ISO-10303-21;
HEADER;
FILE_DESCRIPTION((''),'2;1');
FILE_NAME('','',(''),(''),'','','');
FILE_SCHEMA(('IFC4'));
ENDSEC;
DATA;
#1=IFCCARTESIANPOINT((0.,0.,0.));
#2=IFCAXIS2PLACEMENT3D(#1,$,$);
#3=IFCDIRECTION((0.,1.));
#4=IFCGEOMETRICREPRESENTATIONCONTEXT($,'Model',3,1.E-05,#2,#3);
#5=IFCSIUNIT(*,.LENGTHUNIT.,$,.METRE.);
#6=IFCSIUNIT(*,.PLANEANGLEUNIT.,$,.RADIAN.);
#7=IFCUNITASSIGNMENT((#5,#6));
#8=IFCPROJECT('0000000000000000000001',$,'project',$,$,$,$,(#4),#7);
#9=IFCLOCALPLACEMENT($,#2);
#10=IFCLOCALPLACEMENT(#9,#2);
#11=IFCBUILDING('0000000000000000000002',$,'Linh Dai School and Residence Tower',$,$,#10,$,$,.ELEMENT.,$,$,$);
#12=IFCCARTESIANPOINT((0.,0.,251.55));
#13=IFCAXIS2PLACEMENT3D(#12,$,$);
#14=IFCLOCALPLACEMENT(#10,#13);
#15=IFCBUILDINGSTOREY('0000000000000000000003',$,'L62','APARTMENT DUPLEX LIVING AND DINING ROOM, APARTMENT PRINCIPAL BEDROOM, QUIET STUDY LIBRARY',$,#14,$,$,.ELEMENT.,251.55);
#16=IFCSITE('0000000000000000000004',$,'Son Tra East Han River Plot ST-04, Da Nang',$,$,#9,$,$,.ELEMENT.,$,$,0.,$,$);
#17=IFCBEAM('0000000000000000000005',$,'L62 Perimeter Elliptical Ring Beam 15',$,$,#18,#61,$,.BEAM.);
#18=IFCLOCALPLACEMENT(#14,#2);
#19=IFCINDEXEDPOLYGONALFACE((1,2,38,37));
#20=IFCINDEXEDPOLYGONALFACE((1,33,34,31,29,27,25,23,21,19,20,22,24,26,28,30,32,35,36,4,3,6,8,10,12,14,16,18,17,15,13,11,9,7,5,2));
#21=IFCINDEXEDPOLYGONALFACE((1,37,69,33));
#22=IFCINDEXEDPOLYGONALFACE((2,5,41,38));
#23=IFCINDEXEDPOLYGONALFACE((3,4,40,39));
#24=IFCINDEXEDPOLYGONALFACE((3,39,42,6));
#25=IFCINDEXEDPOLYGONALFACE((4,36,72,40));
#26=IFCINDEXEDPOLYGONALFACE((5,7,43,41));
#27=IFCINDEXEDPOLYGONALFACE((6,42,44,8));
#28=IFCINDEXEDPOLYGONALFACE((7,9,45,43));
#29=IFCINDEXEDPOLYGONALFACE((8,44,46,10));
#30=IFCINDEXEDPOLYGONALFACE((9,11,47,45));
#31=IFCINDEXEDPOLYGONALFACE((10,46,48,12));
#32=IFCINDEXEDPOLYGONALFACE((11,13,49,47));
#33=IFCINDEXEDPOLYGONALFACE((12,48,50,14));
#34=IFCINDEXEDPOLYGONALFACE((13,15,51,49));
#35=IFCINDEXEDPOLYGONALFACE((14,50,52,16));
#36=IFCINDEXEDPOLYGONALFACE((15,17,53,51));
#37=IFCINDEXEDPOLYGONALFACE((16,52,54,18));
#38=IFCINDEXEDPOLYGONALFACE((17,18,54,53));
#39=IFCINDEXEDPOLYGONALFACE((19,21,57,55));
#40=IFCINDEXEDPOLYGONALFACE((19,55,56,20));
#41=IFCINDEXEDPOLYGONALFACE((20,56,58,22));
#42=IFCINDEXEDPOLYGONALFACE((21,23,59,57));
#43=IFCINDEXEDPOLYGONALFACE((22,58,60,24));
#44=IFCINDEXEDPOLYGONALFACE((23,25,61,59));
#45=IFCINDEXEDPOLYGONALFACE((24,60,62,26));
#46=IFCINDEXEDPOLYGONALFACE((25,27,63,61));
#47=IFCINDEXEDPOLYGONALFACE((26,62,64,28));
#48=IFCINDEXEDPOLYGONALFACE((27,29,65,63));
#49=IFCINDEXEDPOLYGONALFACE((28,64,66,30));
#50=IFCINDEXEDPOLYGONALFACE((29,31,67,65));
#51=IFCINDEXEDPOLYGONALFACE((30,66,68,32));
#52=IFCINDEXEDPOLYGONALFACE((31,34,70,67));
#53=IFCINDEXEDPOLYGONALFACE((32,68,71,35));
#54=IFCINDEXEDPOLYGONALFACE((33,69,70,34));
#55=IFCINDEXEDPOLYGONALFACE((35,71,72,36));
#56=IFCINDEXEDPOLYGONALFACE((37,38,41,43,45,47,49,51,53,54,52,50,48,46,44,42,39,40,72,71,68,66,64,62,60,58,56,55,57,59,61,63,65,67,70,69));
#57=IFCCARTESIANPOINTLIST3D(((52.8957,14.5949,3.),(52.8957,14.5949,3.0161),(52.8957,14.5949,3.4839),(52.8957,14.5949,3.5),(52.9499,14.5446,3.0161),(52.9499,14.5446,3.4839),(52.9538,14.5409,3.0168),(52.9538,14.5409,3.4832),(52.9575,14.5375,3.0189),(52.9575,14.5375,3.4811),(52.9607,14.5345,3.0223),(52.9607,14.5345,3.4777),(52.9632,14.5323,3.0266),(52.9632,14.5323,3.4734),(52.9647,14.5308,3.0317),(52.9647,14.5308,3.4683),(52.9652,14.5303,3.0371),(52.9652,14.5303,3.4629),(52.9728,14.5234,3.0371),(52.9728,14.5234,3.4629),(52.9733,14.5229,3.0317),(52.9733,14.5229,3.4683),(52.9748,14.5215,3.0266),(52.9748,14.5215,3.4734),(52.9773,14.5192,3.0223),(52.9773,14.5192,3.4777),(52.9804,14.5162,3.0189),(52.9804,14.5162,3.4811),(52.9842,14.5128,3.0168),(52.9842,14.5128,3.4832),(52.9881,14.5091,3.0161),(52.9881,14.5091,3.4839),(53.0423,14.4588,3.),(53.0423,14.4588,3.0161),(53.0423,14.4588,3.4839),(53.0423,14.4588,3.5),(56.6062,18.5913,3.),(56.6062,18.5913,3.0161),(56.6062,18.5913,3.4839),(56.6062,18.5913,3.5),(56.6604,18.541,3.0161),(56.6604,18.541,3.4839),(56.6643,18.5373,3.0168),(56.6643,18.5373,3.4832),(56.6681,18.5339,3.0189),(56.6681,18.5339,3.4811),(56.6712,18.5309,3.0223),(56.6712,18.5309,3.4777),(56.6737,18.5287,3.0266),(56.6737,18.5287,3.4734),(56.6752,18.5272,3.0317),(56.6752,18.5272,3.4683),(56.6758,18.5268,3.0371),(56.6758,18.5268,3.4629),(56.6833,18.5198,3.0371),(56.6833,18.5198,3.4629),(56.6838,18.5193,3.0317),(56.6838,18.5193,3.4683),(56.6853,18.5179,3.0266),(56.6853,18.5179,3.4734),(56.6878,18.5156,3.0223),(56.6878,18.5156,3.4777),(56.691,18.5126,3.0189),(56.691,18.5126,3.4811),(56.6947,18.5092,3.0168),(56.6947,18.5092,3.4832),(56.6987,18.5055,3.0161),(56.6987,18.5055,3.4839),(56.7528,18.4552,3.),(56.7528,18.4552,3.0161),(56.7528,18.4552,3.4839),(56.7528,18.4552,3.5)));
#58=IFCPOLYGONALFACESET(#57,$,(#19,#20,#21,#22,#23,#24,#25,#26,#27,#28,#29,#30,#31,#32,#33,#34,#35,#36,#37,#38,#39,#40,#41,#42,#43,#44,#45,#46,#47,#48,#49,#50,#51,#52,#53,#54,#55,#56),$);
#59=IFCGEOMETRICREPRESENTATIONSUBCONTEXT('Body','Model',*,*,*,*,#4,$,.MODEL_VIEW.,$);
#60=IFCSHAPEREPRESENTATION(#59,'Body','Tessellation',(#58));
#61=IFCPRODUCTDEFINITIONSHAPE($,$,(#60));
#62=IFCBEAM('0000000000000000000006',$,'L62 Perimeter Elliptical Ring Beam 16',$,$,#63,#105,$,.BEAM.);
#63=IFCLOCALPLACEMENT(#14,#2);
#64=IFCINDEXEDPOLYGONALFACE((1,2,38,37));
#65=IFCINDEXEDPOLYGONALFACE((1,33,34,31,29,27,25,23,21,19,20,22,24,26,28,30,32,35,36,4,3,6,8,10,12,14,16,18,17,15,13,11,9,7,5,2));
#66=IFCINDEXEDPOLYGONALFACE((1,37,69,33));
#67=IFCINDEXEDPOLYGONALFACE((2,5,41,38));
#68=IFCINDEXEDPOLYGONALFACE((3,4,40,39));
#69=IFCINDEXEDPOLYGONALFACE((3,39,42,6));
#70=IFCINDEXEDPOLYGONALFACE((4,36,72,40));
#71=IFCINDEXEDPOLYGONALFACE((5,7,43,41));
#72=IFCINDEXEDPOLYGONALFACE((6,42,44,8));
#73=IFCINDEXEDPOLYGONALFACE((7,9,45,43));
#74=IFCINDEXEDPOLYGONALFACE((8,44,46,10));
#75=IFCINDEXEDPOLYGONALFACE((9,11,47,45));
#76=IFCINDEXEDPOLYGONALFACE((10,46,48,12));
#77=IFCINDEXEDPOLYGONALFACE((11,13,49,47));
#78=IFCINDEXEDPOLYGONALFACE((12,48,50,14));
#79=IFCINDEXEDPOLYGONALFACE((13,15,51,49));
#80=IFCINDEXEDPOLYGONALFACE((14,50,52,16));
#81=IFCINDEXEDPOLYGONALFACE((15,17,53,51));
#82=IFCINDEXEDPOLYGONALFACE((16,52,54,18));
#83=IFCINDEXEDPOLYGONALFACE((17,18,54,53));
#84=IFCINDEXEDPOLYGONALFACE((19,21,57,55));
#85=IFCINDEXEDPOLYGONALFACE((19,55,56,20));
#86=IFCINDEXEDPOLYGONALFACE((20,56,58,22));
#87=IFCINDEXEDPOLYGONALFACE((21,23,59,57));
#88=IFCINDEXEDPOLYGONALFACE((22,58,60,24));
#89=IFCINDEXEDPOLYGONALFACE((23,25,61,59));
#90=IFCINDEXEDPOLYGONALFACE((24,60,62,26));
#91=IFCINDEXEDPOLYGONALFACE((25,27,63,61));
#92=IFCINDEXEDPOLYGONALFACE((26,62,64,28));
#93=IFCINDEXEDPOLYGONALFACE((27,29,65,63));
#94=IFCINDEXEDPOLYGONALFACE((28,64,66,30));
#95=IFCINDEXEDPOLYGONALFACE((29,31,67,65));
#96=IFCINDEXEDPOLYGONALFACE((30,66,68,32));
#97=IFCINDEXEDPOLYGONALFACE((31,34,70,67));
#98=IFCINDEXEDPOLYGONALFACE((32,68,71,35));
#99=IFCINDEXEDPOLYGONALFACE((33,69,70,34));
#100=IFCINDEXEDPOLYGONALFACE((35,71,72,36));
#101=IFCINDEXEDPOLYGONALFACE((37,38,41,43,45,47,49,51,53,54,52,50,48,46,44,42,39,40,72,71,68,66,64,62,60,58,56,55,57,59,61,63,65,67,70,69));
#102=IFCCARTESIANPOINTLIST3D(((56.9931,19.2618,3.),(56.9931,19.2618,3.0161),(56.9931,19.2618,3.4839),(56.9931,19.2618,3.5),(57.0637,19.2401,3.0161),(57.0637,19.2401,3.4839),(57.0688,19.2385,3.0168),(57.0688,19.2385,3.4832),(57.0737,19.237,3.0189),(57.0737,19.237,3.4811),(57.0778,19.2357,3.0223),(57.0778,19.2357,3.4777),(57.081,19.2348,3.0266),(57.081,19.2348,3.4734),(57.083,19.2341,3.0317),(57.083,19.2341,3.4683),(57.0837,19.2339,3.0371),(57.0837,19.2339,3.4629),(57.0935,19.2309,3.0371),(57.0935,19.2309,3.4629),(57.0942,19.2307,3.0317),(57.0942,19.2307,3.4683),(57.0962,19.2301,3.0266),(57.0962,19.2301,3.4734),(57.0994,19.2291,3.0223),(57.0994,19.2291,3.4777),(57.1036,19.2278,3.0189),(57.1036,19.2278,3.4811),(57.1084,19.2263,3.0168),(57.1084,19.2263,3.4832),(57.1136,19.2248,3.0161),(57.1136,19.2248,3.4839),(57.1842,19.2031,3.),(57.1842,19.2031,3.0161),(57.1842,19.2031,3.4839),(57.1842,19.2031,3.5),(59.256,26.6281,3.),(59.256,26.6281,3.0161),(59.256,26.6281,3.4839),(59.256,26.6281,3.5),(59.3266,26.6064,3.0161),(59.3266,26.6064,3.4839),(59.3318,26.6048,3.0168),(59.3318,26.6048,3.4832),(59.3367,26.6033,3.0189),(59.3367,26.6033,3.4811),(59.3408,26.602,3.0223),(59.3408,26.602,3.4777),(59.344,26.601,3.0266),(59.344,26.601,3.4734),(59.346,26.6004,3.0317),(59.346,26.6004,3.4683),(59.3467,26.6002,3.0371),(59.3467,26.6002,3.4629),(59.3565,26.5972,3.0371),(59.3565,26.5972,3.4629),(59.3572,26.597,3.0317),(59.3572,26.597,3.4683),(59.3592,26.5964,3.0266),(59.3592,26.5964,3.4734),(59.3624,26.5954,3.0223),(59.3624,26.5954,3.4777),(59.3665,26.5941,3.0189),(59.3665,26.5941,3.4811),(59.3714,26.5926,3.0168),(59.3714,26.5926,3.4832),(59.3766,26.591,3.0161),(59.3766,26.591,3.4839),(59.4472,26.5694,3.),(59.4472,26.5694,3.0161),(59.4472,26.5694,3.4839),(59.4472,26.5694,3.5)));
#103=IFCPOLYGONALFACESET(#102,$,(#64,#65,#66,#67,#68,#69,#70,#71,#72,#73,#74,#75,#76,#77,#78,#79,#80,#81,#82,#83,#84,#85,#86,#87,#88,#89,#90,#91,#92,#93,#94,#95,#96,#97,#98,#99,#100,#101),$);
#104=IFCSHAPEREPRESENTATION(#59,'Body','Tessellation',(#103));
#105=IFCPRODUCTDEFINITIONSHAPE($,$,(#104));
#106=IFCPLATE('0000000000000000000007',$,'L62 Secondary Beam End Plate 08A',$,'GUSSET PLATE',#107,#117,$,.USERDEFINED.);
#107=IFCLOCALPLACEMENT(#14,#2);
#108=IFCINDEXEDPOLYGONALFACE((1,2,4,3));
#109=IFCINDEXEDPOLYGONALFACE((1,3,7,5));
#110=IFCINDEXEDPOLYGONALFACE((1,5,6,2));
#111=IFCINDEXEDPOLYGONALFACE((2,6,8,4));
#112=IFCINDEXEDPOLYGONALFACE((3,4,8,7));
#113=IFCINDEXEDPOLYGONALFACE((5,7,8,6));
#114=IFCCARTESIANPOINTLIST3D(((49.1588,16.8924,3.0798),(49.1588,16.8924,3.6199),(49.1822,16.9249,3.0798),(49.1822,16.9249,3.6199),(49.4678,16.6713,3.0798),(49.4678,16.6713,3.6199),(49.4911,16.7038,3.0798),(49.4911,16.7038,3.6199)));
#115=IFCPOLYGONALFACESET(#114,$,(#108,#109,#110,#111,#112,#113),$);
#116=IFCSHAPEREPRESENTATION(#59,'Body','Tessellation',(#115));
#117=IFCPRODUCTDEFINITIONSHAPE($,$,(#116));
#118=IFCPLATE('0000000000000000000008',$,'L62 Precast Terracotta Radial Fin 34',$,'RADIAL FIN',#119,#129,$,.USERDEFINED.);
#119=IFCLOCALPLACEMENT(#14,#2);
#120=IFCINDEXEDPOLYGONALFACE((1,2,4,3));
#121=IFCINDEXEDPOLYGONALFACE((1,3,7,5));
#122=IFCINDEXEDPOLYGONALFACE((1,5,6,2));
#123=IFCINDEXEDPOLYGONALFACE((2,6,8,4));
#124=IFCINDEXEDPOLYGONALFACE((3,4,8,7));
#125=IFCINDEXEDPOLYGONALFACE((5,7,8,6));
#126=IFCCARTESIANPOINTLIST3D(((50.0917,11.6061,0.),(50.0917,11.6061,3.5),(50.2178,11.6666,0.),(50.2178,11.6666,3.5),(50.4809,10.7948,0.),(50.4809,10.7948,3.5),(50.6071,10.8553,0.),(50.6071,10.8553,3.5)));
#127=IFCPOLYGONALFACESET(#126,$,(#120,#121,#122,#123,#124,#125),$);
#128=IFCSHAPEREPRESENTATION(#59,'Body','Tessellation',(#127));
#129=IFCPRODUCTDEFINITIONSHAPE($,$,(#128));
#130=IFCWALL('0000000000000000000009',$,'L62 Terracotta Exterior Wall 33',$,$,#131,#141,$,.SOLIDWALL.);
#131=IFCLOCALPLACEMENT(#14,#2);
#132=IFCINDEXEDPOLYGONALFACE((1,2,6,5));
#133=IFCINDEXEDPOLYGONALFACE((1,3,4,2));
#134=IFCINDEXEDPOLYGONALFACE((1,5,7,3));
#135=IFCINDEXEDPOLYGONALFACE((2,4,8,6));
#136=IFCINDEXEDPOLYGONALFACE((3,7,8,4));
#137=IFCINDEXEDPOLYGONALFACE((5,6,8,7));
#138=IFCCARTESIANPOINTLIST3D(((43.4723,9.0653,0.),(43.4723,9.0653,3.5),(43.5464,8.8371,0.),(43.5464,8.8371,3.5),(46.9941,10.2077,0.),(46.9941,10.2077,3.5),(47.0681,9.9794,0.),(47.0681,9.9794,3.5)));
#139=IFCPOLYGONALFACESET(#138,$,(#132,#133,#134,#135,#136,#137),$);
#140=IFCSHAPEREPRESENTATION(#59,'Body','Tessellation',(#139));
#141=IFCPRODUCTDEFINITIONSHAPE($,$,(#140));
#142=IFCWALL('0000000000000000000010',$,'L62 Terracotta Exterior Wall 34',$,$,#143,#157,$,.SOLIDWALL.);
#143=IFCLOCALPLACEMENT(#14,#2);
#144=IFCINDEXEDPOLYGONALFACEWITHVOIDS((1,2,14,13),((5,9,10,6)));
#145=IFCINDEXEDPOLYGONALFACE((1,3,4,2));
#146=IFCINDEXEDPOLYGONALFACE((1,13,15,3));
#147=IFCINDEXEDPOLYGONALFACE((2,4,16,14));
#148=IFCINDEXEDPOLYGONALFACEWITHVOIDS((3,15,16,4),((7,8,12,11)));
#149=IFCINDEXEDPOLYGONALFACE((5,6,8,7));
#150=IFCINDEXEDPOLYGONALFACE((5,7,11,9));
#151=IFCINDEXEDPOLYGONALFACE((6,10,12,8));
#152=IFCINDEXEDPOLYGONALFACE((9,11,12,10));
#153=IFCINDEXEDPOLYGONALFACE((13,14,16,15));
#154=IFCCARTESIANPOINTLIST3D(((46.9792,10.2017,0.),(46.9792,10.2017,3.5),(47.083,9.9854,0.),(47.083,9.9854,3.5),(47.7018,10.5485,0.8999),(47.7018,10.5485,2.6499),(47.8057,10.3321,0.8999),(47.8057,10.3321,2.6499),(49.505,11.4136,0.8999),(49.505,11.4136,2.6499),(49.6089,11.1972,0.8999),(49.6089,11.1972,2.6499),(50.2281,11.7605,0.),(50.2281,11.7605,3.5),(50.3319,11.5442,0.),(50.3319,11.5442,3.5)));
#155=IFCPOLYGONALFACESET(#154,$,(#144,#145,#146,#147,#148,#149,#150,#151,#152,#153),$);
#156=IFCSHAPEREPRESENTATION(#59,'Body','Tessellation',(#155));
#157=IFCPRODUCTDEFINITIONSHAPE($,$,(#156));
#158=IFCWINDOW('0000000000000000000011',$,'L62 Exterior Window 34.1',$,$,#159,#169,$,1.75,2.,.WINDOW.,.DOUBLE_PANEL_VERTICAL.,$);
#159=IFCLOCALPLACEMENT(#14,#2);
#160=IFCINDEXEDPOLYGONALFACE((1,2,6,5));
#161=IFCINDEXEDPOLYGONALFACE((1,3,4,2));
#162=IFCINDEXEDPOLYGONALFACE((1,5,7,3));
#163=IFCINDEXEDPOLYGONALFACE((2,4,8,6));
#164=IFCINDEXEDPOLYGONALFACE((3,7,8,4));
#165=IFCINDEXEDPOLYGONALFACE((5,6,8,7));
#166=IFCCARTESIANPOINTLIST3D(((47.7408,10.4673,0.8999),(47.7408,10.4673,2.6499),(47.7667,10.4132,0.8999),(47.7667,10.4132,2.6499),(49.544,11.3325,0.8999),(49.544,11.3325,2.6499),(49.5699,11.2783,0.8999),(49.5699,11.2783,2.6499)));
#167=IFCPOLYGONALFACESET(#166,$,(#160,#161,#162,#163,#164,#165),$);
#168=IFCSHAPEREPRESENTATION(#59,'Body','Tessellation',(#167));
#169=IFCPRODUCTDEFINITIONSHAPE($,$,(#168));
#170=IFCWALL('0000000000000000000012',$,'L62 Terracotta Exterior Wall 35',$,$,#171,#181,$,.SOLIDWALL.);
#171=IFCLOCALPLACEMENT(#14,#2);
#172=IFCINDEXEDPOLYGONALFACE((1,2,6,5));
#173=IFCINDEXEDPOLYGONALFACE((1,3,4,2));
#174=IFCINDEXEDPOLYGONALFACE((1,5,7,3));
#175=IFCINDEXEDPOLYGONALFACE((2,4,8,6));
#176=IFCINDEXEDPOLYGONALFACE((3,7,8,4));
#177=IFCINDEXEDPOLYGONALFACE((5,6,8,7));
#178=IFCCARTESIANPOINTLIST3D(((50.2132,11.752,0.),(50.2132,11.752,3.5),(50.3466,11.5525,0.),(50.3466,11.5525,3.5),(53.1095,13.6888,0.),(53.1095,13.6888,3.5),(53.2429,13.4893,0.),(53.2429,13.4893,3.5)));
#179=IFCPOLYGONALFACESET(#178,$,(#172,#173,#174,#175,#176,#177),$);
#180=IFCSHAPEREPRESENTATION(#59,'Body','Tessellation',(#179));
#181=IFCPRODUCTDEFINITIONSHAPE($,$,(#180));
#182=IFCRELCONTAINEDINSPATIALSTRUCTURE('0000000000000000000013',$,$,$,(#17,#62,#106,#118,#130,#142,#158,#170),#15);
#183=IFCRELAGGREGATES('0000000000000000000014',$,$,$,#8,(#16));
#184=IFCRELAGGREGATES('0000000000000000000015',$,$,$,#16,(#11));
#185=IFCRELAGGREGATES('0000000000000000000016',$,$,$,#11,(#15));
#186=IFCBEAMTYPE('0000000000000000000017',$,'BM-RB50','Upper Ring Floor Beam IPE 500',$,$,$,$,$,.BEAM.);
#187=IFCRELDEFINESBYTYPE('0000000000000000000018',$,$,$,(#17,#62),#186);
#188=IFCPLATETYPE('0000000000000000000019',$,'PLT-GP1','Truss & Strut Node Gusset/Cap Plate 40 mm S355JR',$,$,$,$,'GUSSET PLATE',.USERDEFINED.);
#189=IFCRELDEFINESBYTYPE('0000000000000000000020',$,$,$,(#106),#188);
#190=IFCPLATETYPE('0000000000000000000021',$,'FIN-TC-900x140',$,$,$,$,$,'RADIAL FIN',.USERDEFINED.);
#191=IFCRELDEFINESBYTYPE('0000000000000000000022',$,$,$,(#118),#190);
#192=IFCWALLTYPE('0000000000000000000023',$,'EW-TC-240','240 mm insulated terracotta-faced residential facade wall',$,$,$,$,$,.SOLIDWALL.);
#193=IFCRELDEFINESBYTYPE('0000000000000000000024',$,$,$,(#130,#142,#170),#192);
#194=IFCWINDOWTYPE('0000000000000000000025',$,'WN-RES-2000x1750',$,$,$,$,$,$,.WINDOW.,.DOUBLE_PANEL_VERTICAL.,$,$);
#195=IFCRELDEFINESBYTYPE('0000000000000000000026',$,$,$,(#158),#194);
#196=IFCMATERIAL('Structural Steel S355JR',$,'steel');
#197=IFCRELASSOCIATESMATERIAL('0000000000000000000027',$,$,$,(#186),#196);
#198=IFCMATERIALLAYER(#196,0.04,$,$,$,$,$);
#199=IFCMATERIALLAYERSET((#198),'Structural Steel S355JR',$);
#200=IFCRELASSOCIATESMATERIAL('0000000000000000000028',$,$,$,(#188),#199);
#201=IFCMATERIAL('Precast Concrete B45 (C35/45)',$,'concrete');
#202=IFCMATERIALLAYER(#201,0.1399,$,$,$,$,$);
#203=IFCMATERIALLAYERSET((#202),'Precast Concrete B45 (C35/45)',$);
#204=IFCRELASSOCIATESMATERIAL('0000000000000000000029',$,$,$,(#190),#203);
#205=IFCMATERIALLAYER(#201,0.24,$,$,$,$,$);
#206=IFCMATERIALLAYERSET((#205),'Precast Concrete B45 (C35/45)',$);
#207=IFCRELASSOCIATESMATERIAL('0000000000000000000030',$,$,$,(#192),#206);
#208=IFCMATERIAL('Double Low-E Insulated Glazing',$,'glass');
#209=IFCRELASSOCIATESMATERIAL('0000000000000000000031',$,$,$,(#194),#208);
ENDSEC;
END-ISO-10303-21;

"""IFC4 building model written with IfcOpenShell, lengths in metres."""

from ifc_helpers import new_model, si_unit, direction, frame, frame_2d, origin, origin_2d, place, context, subcontext, project, spatial, rectangle, i_section, extrude, source, transform, mapped, material, layer, layer_set, material_profile, profile_set, type_object, element, fill, save


model = new_model("IFC4")

# Units and contexts
model_context = context("Model", 3, precision=1e-05, world=origin(), true_north=direction((0.0, 1.0)))
body_context = subcontext(model_context, "Body", "Model", "MODEL_VIEW")
ifc_project = project(units=[si_unit("LENGTHUNIT", "METRE"), si_unit("PLANEANGLEUNIT", "RADIAN")], contexts=[model_context])

# Site, building, storey
site_placement = place(None, origin())
site = spatial("IfcSite", under=ifc_project, at=site_placement, Name="Son Tra East Han River Plot ST-04, Da Nang", CompositionType="ELEMENT", RefElevation=0.0)
building_placement = place(site_placement, origin())
building = spatial("IfcBuilding", under=site, at=building_placement, Name="Linh Dai School and Residence Tower", CompositionType="ELEMENT")
storey_placement = place(building_placement, frame((0.0, 0.0, 251.55)))
storey = spatial("IfcBuildingStorey", under=building, at=storey_placement, Name="L62", Description="APARTMENT DUPLEX LIVING AND DINING ROOM, APARTMENT PRINCIPAL BEDROOM, QUIET STUDY LIBRARY", CompositionType="ELEMENT", Elevation=251.55)

# Shared definitions
ifc_material_1 = material(Name="Structural Steel S355JR", Category="steel")

# Beams
ifc_material_profile_1 = material_profile(ifc_material_1, i_section(OverallWidth=0.2, OverallDepth=0.5, WebThickness=0.0103, FlangeThickness=0.0161, FilletRadius=0.021, at=origin_2d()), Name="IPE 500")
ifc_profile_set_1 = profile_set([ifc_material_profile_1], Name="Structural Steel S355JR")
beam_type_1 = type_object("IfcBeamType", Name="BM-RB50", Description="Upper Ring Floor Beam IPE 500", PredefinedType="BEAM", material=ifc_profile_set_1)
beam_1_placement = place(storey_placement, frame((52.969, 14.5269, 3.25), z_axis=(0.680408, 0.732833, 0.0), x_axis=(-0.732833, 0.680408, 0.0)))
element("IfcBeam", 1, at=beam_1_placement, inside=storey, type_object=beam_type_1, Name="L62 Perimeter Elliptical Ring Beam 15", PredefinedType="BEAM", context=body_context, shape_type="SweptSolid", body=[
    extrude(i_section(OverallWidth=0.2, OverallDepth=0.5, WebThickness=0.0103, FlangeThickness=0.0161, FilletRadius=0.021, at=origin_2d()), origin(), (0.0, 0.0, 1.0), 5.4534),
])
beam_2_placement = place(storey_placement, frame((57.0886, 19.2324, 3.25), z_axis=(0.293661, 0.95591, 0.0), x_axis=(-0.95591, 0.293661, 0.0)))
element("IfcBeam", 2, at=beam_2_placement, inside=storey, type_object=beam_type_1, Name="L62 Perimeter Elliptical Ring Beam 16", PredefinedType="BEAM", context=body_context, shape_type="SweptSolid", body=[
    extrude(i_section(OverallWidth=0.2, OverallDepth=0.5, WebThickness=0.0103, FlangeThickness=0.0161, FilletRadius=0.021, at=origin_2d()), origin(), (0.0, 0.0, 1.0), 7.7061),
])

# Plates
ifc_layer_1 = layer(ifc_material_1, 0.04)
ifc_layer_set_1 = layer_set([ifc_layer_1], Name="Structural Steel S355JR")
plate_type_1 = type_object("IfcPlateType", Name="PLT-GP1", Description="Truss & Strut Node Gusset/Cap Plate 40 mm S355JR", ElementType="GUSSET PLATE", PredefinedType="USERDEFINED", material=ifc_layer_set_1)
shared_shape_1 = source(origin(), body_context, "Body", "SweptSolid", [
    extrude(rectangle(XDim=0.04, YDim=0.3799, at=origin_2d()), origin(), (0.0, 0.0, 1.0), 0.54),
])
plate_1_placement = place(storey_placement, frame((49.325, 16.7981, 3.0798), z_axis=(0.0, 0.0, 1.0), x_axis=(0.58204, 0.81316, 0.0)))
element("IfcPlate", 3, at=plate_1_placement, inside=storey, type_object=plate_type_1, Name="L62 Secondary Beam End Plate 08A", ObjectType="GUSSET PLATE", PredefinedType="USERDEFINED", context=body_context, shape_type="MappedRepresentation", body=[
    mapped(shared_shape_1, transform((0.0, 0.0, 0.0), x_axis=(1.0, 0.0, 0.0), y_axis=(0.0, 1.0, 0.0), z_axis=(0.0, 0.0, 1.0), scale=1.0)),
])
ifc_material_2 = material(Name="Precast Concrete B45 (C35/45)", Category="concrete")
ifc_layer_2 = layer(ifc_material_2, 0.1399)
ifc_layer_set_2 = layer_set([ifc_layer_2], Name="Precast Concrete B45 (C35/45)")
plate_type_2 = type_object("IfcPlateType", Name="FIN-TC-900x140", ElementType="RADIAL FIN", PredefinedType="USERDEFINED", material=ifc_layer_set_2)
shared_shape_2 = source(origin(), body_context, "Body", "SweptSolid", [
    extrude(rectangle(XDim=0.8999, YDim=0.1399, at=origin_2d()), origin(), (0.0, 0.0, 1.0), 3.5),
])
plate_2_placement = place(storey_placement, frame((50.3494, 11.2307, 0.0), z_axis=(0.0, 0.0, 1.0), x_axis=(0.432594, -0.901589, 0.0)))
element("IfcPlate", 4, at=plate_2_placement, inside=storey, type_object=plate_type_2, Name="L62 Precast Terracotta Radial Fin 34", ObjectType="RADIAL FIN", PredefinedType="USERDEFINED", context=body_context, shape_type="MappedRepresentation", body=[
    mapped(shared_shape_2, transform((0.0, 0.0, 0.0), x_axis=(1.0, 0.0, 0.0), y_axis=(0.0, 1.0, 0.0), z_axis=(0.0, 0.0, 1.0), scale=1.0)),
])

# Wall
ifc_layer_3 = layer(ifc_material_2, 0.24)
ifc_layer_set_3 = layer_set([ifc_layer_3], Name="Precast Concrete B45 (C35/45)")
wall_type_1 = type_object("IfcWallType", Name="EW-TC-240", Description="240 mm insulated terracotta-faced residential facade wall", PredefinedType="SOLIDWALL", material=ifc_layer_set_3)
wall_1_placement = place(storey_placement, frame((47.031, 10.0935, 0.0), z_axis=(0.0, 0.0, 1.0), x_axis=(-0.951211, -0.308542, 0.0)))
element("IfcWall", 5, at=wall_1_placement, inside=storey, type_object=wall_type_1, Name="L62 Terracotta Exterior Wall 33", PredefinedType="SOLIDWALL", context=body_context, shape_type="SweptSolid", body=[
    extrude(rectangle(XDim=3.7024, YDim=0.24, at=frame_2d((1.8511, 0.0))), origin(), (0.0, 0.0, 1.0), 3.5),
])

# Wall, opening, window
wall_2_placement = place(storey_placement, frame((50.28, 11.6523, 0.0), z_axis=(0.0, 0.0, 1.0), x_axis=(-0.901598, -0.432575, 0.0)))
wall_2 = element("IfcWall", 6, at=wall_2_placement, inside=storey, type_object=wall_type_1, Name="L62 Terracotta Exterior Wall 34", PredefinedType="SOLIDWALL", context=body_context, shape_type="SweptSolid", body=[
    extrude(rectangle(XDim=3.6035, YDim=0.24, at=frame_2d((1.8018, 0.0))), origin(), (0.0, 0.0, 1.0), 3.5),
])
opening_1_placement = place(wall_2_placement, frame((0.802, 0.0, 0.8999)))
opening_1 = element("IfcOpeningElement", 7, at=opening_1_placement, cuts=wall_2, PredefinedType="OPENING", context=body_context, shape_type="SweptSolid", body=[
    extrude(rectangle(XDim=2.0, YDim=1.75, at=origin_2d()), frame((1.0, 0.1299, 0.875), z_axis=(0.0, -1.0, 0.0), x_axis=(1.0, 0.0, 0.0)), (0.0, 0.0, 1.0), 0.26),
])
ifc_material_3 = material(Name="Double Low-E Insulated Glazing", Category="glass")
window_type_1 = type_object("IfcWindowType", Name="WN-RES-2000x1750", PartitioningType="DOUBLE_PANEL_VERTICAL", PredefinedType="WINDOW", material=ifc_material_3)
shared_shape_3 = source(origin(), body_context, "Body", "SweptSolid", [
    extrude(rectangle(XDim=2.0, YDim=1.75, at=origin_2d()), frame((1.0, 0.03, 0.875), z_axis=(0.0, -1.0, 0.0), x_axis=(1.0, 0.0, 0.0)), (0.0, 0.0, 1.0), 0.0601),
])
window_1_placement = place(opening_1_placement, origin())
window_1 = element("IfcWindow", 8, at=window_1_placement, inside=storey, type_object=window_type_1, Name="L62 Exterior Window 34.1", OverallHeight=1.75, OverallWidth=2.0, PartitioningType="DOUBLE_PANEL_VERTICAL", PredefinedType="WINDOW", context=body_context, shape_type="MappedRepresentation", body=[
    mapped(shared_shape_3, transform((0.0, 0.0, 0.0), x_axis=(1.0, 0.0, 0.0), y_axis=(0.0, 1.0, 0.0), z_axis=(0.0, 0.0, 1.0), scale=1.0)),
])
fill(opening_1, window_1)

# Wall
wall_3_placement = place(storey_placement, frame((53.1763, 13.5891, 0.0), z_axis=(0.0, 0.0, 1.0), x_axis=(-0.831262, -0.55588, 0.0)))
element("IfcWall", 9, at=wall_3_placement, inside=storey, type_object=wall_type_1, Name="L62 Terracotta Exterior Wall 35", PredefinedType="SOLIDWALL", context=body_context, shape_type="SweptSolid", body=[
    extrude(rectangle(XDim=3.4841, YDim=0.24, at=frame_2d((1.7422, 0.0))), origin(), (0.0, 0.0, 1.0), 3.5),
])

save(model, "model.ifc")
